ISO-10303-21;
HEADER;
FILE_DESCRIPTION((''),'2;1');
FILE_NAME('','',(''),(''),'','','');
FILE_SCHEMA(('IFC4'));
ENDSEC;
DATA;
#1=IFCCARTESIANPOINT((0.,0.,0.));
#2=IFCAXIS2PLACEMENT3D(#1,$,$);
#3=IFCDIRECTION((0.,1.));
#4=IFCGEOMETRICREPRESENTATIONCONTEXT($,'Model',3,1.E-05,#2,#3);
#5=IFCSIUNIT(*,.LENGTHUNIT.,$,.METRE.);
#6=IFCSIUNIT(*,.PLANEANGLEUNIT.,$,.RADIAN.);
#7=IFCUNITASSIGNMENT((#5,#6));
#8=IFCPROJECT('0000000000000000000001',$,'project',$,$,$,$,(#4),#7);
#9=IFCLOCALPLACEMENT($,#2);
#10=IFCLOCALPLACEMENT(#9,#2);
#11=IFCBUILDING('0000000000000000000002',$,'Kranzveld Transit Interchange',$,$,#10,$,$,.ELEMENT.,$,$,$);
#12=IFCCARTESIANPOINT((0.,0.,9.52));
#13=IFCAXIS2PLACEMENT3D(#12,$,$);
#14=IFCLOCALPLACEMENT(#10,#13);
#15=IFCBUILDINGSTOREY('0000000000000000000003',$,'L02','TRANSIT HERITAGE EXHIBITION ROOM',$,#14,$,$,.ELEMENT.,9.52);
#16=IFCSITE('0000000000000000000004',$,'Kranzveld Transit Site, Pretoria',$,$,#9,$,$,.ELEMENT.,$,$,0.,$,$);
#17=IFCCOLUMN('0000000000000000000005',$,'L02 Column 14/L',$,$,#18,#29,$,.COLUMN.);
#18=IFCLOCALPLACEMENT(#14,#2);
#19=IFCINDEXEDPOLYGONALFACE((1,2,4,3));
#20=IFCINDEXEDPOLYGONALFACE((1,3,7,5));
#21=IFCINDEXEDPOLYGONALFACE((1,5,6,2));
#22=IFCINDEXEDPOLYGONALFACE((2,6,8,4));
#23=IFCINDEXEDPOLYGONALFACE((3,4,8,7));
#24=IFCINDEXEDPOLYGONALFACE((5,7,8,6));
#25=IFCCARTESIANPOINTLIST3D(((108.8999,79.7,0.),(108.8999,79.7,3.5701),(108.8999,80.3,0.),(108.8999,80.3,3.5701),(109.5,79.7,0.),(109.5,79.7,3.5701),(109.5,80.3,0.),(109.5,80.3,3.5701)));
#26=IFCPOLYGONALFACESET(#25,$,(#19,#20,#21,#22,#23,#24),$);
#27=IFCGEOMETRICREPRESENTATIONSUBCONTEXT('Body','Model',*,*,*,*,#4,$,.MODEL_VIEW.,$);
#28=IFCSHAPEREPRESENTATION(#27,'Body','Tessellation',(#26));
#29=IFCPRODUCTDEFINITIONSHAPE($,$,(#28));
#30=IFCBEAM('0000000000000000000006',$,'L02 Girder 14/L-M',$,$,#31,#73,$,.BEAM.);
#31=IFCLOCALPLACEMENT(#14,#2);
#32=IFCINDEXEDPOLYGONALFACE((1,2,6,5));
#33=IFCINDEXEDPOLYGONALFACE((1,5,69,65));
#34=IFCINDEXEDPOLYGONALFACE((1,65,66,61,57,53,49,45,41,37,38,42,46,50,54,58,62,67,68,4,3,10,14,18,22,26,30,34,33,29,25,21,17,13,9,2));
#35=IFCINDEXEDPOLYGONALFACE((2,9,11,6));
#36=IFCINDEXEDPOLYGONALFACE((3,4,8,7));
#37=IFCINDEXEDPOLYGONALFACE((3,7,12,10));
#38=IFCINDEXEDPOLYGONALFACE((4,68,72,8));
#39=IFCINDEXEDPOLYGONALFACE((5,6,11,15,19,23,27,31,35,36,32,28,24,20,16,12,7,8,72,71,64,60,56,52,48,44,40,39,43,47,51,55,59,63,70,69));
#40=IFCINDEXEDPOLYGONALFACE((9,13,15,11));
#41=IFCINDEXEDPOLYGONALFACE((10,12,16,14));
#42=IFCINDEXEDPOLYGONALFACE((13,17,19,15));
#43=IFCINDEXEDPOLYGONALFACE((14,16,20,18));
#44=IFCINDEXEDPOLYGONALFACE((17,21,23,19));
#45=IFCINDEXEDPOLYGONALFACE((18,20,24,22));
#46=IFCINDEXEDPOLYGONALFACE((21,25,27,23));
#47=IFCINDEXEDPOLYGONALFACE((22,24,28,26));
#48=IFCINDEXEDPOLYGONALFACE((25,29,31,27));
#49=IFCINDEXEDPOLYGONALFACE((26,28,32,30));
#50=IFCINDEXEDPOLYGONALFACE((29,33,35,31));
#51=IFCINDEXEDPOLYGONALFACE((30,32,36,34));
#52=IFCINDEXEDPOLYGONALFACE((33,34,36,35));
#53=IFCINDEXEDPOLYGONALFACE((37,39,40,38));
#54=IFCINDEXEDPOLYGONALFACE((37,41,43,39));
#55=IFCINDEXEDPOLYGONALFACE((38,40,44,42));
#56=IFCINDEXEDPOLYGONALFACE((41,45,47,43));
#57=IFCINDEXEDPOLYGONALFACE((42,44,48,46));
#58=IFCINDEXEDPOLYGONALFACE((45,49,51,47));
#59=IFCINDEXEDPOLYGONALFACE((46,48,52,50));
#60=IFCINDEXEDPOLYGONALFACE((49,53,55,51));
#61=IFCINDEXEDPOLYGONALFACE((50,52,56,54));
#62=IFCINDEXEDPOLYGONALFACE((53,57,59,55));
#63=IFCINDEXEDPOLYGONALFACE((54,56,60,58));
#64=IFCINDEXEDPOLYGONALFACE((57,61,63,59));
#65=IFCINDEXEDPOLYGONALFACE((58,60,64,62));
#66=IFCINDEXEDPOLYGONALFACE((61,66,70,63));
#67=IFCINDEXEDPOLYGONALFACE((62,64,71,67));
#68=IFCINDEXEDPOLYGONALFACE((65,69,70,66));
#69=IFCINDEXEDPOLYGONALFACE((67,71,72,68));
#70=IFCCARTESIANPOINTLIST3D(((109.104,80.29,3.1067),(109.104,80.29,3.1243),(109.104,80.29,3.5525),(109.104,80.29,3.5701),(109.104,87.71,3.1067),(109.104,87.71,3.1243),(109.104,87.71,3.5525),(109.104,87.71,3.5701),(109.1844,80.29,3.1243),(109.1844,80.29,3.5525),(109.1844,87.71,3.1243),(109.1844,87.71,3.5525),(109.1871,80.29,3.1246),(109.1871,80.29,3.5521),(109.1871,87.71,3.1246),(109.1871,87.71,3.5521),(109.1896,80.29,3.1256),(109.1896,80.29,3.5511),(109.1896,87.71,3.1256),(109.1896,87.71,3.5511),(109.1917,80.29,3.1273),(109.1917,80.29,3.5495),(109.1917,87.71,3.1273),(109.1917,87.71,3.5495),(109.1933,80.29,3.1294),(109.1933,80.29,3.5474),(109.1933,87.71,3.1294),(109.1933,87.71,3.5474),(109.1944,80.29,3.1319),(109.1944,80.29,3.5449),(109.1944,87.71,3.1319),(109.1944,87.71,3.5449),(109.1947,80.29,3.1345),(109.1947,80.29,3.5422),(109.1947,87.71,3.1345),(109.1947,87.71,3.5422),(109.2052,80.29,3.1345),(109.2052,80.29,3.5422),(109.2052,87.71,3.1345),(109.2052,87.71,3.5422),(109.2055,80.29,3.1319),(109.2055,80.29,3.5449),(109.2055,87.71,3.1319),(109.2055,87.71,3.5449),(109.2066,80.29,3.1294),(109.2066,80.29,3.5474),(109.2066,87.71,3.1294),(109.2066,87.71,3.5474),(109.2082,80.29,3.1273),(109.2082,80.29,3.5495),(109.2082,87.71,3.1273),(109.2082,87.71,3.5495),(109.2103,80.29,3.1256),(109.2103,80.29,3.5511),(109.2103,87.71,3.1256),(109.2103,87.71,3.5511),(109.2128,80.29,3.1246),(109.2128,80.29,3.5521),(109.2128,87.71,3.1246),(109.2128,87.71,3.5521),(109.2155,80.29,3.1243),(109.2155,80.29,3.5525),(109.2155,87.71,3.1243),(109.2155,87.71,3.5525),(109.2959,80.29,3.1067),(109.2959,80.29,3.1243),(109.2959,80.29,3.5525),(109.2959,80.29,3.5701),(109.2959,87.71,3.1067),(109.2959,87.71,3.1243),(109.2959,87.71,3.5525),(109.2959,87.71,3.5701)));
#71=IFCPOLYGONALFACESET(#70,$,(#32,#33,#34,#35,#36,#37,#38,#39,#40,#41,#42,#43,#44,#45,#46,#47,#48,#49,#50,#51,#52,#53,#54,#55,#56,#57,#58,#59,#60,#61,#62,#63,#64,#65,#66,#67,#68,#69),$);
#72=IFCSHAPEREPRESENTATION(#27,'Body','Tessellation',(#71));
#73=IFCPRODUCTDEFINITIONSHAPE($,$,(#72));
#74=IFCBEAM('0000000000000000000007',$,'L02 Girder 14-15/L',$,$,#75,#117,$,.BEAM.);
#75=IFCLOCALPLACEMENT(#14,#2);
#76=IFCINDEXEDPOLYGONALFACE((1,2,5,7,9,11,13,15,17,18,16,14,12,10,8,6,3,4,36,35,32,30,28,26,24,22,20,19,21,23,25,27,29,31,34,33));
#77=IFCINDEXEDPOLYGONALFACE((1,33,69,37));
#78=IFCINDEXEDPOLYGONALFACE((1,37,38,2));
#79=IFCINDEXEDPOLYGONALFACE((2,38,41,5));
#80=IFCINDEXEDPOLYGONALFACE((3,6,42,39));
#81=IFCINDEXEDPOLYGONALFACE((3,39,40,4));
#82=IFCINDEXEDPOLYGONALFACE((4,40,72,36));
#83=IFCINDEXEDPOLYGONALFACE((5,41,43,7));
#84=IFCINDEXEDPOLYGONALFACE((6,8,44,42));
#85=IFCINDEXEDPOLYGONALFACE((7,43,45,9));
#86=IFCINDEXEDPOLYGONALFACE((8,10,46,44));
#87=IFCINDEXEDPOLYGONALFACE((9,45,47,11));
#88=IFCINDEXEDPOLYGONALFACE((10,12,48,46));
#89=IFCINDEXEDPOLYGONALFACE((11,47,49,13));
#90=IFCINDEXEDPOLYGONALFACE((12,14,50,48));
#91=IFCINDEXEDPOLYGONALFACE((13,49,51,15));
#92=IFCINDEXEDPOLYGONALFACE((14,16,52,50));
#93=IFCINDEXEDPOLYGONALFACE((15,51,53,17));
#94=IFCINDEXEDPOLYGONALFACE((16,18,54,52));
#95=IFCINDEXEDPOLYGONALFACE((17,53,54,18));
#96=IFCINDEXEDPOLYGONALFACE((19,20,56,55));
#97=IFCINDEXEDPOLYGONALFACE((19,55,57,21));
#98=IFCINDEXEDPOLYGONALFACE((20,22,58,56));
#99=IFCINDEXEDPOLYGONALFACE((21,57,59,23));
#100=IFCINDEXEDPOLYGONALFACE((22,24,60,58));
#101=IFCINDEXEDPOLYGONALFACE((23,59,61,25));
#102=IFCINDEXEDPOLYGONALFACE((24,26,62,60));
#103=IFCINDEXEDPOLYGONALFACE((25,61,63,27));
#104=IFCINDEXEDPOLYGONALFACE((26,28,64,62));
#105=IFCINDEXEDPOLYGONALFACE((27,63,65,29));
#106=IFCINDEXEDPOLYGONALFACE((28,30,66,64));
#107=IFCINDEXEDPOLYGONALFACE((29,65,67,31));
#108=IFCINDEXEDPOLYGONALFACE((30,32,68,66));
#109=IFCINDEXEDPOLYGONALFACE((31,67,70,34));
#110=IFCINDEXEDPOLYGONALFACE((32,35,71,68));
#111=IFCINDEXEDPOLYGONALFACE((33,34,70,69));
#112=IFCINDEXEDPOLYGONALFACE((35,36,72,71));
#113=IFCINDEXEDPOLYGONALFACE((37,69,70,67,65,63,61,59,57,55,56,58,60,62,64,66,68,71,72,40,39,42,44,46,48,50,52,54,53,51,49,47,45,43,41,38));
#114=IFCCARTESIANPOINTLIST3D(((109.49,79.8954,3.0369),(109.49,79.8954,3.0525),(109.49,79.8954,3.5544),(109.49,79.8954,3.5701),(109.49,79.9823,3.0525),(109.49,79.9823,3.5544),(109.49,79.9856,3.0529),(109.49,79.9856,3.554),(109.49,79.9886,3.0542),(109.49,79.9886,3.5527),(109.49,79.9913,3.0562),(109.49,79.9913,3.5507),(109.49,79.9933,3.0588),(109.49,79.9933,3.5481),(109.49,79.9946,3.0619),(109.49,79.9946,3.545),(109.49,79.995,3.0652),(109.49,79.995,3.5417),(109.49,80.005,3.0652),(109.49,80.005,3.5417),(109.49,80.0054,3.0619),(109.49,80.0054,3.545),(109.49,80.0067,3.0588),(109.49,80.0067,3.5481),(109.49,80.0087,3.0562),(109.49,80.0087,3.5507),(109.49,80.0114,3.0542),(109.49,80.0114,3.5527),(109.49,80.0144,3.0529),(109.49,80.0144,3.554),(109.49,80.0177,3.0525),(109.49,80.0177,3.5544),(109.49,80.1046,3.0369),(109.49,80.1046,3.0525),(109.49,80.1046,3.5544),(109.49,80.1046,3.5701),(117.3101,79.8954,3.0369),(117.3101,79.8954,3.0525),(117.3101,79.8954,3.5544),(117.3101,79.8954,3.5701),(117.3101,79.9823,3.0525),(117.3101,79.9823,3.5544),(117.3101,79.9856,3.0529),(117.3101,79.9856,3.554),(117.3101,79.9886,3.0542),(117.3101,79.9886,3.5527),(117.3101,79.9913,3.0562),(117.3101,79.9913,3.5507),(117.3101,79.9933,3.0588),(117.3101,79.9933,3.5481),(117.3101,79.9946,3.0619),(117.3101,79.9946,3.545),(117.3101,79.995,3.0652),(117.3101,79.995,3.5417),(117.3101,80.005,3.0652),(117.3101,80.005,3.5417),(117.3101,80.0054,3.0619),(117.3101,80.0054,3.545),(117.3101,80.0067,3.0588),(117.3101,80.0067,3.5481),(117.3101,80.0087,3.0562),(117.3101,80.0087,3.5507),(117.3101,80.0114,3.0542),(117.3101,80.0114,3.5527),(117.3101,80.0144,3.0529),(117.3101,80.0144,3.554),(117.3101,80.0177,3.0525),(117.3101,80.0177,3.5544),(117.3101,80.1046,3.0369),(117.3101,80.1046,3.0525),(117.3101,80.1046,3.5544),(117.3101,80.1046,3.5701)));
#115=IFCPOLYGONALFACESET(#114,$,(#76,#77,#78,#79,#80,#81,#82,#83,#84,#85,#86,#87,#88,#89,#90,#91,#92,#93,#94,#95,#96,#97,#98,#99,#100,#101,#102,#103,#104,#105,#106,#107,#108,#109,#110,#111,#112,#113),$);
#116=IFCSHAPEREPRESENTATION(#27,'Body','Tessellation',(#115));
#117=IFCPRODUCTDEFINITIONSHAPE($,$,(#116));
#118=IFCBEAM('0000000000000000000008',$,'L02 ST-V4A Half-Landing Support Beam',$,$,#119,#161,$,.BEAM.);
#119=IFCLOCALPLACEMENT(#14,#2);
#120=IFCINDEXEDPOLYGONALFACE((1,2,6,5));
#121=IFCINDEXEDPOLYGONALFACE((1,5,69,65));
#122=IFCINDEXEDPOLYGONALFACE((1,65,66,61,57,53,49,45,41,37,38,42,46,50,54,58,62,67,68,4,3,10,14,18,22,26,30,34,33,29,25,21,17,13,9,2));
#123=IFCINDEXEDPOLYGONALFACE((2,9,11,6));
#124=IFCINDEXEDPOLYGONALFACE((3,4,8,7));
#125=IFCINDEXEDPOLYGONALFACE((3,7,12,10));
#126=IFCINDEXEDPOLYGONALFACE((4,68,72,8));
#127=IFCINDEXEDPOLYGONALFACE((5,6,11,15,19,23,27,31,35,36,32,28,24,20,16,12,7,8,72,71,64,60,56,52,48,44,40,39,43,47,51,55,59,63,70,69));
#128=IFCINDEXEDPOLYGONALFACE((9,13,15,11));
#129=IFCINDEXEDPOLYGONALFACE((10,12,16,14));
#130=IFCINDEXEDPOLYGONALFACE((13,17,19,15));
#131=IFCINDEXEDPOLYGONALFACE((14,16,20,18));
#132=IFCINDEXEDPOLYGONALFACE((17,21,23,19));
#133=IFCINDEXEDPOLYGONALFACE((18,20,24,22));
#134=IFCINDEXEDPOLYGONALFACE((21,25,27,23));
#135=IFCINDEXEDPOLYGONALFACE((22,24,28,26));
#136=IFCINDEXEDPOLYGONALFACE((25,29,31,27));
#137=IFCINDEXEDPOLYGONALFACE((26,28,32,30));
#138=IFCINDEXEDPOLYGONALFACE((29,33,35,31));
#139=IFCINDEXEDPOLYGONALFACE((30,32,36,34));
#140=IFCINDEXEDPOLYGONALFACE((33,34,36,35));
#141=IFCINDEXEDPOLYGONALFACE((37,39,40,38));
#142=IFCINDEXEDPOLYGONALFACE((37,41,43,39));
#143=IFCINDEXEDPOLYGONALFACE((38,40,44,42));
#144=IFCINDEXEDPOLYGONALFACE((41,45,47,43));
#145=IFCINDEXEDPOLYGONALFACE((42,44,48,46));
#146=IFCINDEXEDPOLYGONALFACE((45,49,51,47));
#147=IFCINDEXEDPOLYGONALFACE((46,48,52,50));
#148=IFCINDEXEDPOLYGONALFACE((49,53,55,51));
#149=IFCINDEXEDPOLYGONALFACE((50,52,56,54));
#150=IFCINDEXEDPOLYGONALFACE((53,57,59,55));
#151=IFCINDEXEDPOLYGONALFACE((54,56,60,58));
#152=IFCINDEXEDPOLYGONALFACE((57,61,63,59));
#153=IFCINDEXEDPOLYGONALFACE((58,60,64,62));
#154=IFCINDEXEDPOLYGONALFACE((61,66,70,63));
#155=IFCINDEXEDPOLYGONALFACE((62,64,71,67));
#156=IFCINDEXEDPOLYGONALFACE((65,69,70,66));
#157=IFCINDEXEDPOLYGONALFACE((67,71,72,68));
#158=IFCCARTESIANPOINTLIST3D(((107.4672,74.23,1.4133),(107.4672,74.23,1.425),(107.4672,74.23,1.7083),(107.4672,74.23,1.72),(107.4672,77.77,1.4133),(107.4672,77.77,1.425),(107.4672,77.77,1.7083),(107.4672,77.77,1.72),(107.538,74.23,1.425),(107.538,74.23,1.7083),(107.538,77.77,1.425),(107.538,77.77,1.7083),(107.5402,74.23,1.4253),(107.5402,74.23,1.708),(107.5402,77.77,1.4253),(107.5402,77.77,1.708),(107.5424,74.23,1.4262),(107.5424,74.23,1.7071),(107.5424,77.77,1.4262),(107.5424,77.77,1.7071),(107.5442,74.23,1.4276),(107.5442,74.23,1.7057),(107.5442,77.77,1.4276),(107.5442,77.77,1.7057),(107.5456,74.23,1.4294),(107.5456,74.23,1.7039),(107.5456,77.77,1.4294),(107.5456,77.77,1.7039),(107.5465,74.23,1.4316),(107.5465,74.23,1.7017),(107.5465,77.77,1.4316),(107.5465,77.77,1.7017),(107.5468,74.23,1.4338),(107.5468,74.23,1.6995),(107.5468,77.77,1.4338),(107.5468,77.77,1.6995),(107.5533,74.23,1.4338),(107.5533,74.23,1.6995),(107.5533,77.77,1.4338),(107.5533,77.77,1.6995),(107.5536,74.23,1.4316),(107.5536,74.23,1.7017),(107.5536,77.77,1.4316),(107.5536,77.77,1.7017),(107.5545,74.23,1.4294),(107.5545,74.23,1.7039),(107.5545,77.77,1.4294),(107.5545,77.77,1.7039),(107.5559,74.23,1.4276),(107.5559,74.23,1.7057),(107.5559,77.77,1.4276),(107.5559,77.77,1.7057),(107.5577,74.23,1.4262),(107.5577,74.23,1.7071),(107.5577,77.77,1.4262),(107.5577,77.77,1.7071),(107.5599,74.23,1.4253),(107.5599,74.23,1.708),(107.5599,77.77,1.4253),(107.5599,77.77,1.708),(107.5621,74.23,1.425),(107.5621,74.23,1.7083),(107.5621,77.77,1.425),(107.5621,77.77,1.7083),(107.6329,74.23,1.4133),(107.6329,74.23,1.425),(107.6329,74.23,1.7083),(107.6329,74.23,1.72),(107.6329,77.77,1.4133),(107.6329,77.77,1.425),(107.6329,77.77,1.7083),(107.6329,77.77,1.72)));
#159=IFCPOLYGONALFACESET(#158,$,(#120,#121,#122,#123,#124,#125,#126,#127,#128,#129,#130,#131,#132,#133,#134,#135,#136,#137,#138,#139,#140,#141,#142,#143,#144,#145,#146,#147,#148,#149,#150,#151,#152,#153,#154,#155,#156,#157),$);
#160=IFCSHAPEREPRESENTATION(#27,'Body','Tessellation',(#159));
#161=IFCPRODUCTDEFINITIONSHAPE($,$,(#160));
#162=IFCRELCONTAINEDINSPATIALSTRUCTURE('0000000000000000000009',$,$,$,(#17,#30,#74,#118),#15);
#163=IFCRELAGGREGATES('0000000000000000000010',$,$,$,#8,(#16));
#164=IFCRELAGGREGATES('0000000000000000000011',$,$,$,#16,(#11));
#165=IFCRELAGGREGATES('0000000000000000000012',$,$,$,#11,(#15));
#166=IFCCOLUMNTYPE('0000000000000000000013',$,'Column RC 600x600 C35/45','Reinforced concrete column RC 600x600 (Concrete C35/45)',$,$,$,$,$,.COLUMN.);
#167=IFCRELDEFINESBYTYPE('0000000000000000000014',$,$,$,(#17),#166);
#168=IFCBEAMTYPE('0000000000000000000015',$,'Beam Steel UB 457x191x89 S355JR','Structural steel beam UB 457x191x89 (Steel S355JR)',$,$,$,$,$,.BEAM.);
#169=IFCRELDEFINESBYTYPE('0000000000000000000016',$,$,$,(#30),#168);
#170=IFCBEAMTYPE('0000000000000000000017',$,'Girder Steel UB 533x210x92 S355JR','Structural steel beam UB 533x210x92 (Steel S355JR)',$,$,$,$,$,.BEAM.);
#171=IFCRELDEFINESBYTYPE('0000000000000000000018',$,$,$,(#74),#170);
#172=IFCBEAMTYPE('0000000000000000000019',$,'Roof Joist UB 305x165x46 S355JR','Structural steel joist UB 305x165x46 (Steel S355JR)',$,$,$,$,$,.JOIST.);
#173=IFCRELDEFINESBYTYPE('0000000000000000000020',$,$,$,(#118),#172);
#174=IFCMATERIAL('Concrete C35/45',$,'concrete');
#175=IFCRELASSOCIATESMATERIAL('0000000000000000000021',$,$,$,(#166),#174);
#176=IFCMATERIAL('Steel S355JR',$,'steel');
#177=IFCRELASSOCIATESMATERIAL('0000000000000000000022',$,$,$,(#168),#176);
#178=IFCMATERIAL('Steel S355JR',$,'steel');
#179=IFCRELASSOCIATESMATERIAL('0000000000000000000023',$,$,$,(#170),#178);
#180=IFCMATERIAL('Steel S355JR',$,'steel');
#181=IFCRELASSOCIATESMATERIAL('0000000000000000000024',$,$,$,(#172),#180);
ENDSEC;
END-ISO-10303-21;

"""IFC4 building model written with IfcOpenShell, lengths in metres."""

from ifc_helpers import new_model, si_unit, direction, frame, origin, origin_2d, place, context, subcontext, project, spatial, rectangle, i_section, extrude, material, material_profile, profile_set, type_object, element, save


model = new_model("IFC4")

# Units and contexts
model_context = context("Model", 3, precision=1e-05, world=origin(), true_north=direction((0.0, 1.0)))
body_context = subcontext(model_context, "Body", "Model", "MODEL_VIEW")
ifc_project = project(units=[si_unit("LENGTHUNIT", "METRE"), si_unit("PLANEANGLEUNIT", "RADIAN")], contexts=[model_context])

# Site, building, storey
site_placement = place(None, origin())
site = spatial("IfcSite", under=ifc_project, at=site_placement, Name="Kranzveld Transit Site, Pretoria", CompositionType="ELEMENT", RefElevation=0.0)
building_placement = place(site_placement, origin())
building = spatial("IfcBuilding", under=site, at=building_placement, Name="Kranzveld Transit Interchange", CompositionType="ELEMENT")
storey_placement = place(building_placement, frame((0.0, 0.0, 9.52)))
storey = spatial("IfcBuildingStorey", under=building, at=storey_placement, Name="L02", Description="TRANSIT HERITAGE EXHIBITION ROOM", CompositionType="ELEMENT", Elevation=9.52)

# Column
ifc_material_1 = material(Name="Concrete C35/45", Category="concrete")
ifc_material_profile_1 = material_profile(ifc_material_1, rectangle(XDim=0.6001, YDim=0.6001, at=origin_2d()), Name="RC 600x600")
ifc_profile_set_1 = profile_set([ifc_material_profile_1], Name="Concrete C35/45")
column_type = type_object("IfcColumnType", Name="Column RC 600x600 C35/45", Description="Reinforced concrete column RC 600x600 (Concrete C35/45)", PredefinedType="COLUMN", material=ifc_profile_set_1)
column_placement = place(storey_placement, frame((109.2, 80.0, 0.0), z_axis=(0.0, 0.0, 1.0), x_axis=(1.0, 0.0, 0.0)))
element("IfcColumn", 1, at=column_placement, inside=storey, type_object=column_type, Name="L02 Column 14/L", PredefinedType="COLUMN", context=body_context, shape_type="SweptSolid", body=[
    extrude(rectangle(XDim=0.6001, YDim=0.6001, at=origin_2d()), origin(), (0.0, 0.0, 1.0), 3.5701),
])

# Beams
ifc_material_2 = material(Name="Steel S355JR", Category="steel")
ifc_material_profile_2 = material_profile(ifc_material_2, i_section(OverallWidth=0.1919, OverallDepth=0.4634, WebThickness=0.0105, FlangeThickness=0.0176, FilletRadius=0.0103, at=origin_2d()), Name="UB 457x191x89")
ifc_profile_set_2 = profile_set([ifc_material_profile_2], Name="Steel S355JR")
beam_type_1 = type_object("IfcBeamType", Name="Beam Steel UB 457x191x89 S355JR", Description="Structural steel beam UB 457x191x89 (Steel S355JR)", PredefinedType="BEAM", material=ifc_profile_set_2)
beam_1_placement = place(storey_placement, frame((109.2, 80.29, 3.3384), z_axis=(0.0, 1.0, 0.0), x_axis=(-1.0, 0.0, 0.0)))
element("IfcBeam", 2, at=beam_1_placement, inside=storey, type_object=beam_type_1, Name="L02 Girder 14/L-M", PredefinedType="BEAM", context=body_context, shape_type="SweptSolid", body=[
    extrude(i_section(OverallWidth=0.1919, OverallDepth=0.4634, WebThickness=0.0105, FlangeThickness=0.0176, FilletRadius=0.0103, at=origin_2d()), origin(), (0.0, 0.0, 1.0), 7.4199),
])
ifc_material_3 = material(Name="Steel S355JR", Category="steel")
ifc_material_profile_3 = material_profile(ifc_material_3, i_section(OverallWidth=0.2092, OverallDepth=0.5332, WebThickness=0.01, FlangeThickness=0.0156, FilletRadius=0.0127, at=origin_2d()), Name="UB 533x210x92")
ifc_profile_set_3 = profile_set([ifc_material_profile_3], Name="Steel S355JR")
beam_type_2 = type_object("IfcBeamType", Name="Girder Steel UB 533x210x92 S355JR", Description="Structural steel beam UB 533x210x92 (Steel S355JR)", PredefinedType="BEAM", material=ifc_profile_set_3)
beam_2_placement = place(storey_placement, frame((109.49, 80.0, 3.3035), z_axis=(1.0, 0.0, 0.0), x_axis=(0.0, 1.0, 0.0)))
element("IfcBeam", 3, at=beam_2_placement, inside=storey, type_object=beam_type_2, Name="L02 Girder 14-15/L", PredefinedType="BEAM", context=body_context, shape_type="SweptSolid", body=[
    extrude(i_section(OverallWidth=0.2092, OverallDepth=0.5332, WebThickness=0.01, FlangeThickness=0.0156, FilletRadius=0.0127, at=origin_2d()), origin(), (0.0, 0.0, 1.0), 7.8201),
])
ifc_material_4 = material(Name="Steel S355JR", Category="steel")
ifc_material_profile_4 = material_profile(ifc_material_4, i_section(OverallWidth=0.1658, OverallDepth=0.3066, WebThickness=0.0066, FlangeThickness=0.0117, FilletRadius=0.0088, at=origin_2d()), Name="UB 305x165x46")
ifc_profile_set_4 = profile_set([ifc_material_profile_4], Name="Steel S355JR")
beam_type_3 = type_object("IfcBeamType", Name="Roof Joist UB 305x165x46 S355JR", Description="Structural steel joist UB 305x165x46 (Steel S355JR)", PredefinedType="JOIST", material=ifc_profile_set_4)
beam_3_placement = place(storey_placement, frame((107.55, 74.23, 1.5667), z_axis=(0.0, 1.0, 0.0), x_axis=(-1.0, 0.0, 0.0)))
element("IfcBeam", 4, at=beam_3_placement, inside=storey, type_object=beam_type_3, Name="L02 ST-V4A Half-Landing Support Beam", PredefinedType="BEAM", context=body_context, shape_type="SweptSolid", body=[
    extrude(i_section(OverallWidth=0.1658, OverallDepth=0.3066, WebThickness=0.0066, FlangeThickness=0.0117, FilletRadius=0.0088, at=origin_2d()), origin(), (0.0, 0.0, 1.0), 3.54),
])

save(model, "model.ifc")
